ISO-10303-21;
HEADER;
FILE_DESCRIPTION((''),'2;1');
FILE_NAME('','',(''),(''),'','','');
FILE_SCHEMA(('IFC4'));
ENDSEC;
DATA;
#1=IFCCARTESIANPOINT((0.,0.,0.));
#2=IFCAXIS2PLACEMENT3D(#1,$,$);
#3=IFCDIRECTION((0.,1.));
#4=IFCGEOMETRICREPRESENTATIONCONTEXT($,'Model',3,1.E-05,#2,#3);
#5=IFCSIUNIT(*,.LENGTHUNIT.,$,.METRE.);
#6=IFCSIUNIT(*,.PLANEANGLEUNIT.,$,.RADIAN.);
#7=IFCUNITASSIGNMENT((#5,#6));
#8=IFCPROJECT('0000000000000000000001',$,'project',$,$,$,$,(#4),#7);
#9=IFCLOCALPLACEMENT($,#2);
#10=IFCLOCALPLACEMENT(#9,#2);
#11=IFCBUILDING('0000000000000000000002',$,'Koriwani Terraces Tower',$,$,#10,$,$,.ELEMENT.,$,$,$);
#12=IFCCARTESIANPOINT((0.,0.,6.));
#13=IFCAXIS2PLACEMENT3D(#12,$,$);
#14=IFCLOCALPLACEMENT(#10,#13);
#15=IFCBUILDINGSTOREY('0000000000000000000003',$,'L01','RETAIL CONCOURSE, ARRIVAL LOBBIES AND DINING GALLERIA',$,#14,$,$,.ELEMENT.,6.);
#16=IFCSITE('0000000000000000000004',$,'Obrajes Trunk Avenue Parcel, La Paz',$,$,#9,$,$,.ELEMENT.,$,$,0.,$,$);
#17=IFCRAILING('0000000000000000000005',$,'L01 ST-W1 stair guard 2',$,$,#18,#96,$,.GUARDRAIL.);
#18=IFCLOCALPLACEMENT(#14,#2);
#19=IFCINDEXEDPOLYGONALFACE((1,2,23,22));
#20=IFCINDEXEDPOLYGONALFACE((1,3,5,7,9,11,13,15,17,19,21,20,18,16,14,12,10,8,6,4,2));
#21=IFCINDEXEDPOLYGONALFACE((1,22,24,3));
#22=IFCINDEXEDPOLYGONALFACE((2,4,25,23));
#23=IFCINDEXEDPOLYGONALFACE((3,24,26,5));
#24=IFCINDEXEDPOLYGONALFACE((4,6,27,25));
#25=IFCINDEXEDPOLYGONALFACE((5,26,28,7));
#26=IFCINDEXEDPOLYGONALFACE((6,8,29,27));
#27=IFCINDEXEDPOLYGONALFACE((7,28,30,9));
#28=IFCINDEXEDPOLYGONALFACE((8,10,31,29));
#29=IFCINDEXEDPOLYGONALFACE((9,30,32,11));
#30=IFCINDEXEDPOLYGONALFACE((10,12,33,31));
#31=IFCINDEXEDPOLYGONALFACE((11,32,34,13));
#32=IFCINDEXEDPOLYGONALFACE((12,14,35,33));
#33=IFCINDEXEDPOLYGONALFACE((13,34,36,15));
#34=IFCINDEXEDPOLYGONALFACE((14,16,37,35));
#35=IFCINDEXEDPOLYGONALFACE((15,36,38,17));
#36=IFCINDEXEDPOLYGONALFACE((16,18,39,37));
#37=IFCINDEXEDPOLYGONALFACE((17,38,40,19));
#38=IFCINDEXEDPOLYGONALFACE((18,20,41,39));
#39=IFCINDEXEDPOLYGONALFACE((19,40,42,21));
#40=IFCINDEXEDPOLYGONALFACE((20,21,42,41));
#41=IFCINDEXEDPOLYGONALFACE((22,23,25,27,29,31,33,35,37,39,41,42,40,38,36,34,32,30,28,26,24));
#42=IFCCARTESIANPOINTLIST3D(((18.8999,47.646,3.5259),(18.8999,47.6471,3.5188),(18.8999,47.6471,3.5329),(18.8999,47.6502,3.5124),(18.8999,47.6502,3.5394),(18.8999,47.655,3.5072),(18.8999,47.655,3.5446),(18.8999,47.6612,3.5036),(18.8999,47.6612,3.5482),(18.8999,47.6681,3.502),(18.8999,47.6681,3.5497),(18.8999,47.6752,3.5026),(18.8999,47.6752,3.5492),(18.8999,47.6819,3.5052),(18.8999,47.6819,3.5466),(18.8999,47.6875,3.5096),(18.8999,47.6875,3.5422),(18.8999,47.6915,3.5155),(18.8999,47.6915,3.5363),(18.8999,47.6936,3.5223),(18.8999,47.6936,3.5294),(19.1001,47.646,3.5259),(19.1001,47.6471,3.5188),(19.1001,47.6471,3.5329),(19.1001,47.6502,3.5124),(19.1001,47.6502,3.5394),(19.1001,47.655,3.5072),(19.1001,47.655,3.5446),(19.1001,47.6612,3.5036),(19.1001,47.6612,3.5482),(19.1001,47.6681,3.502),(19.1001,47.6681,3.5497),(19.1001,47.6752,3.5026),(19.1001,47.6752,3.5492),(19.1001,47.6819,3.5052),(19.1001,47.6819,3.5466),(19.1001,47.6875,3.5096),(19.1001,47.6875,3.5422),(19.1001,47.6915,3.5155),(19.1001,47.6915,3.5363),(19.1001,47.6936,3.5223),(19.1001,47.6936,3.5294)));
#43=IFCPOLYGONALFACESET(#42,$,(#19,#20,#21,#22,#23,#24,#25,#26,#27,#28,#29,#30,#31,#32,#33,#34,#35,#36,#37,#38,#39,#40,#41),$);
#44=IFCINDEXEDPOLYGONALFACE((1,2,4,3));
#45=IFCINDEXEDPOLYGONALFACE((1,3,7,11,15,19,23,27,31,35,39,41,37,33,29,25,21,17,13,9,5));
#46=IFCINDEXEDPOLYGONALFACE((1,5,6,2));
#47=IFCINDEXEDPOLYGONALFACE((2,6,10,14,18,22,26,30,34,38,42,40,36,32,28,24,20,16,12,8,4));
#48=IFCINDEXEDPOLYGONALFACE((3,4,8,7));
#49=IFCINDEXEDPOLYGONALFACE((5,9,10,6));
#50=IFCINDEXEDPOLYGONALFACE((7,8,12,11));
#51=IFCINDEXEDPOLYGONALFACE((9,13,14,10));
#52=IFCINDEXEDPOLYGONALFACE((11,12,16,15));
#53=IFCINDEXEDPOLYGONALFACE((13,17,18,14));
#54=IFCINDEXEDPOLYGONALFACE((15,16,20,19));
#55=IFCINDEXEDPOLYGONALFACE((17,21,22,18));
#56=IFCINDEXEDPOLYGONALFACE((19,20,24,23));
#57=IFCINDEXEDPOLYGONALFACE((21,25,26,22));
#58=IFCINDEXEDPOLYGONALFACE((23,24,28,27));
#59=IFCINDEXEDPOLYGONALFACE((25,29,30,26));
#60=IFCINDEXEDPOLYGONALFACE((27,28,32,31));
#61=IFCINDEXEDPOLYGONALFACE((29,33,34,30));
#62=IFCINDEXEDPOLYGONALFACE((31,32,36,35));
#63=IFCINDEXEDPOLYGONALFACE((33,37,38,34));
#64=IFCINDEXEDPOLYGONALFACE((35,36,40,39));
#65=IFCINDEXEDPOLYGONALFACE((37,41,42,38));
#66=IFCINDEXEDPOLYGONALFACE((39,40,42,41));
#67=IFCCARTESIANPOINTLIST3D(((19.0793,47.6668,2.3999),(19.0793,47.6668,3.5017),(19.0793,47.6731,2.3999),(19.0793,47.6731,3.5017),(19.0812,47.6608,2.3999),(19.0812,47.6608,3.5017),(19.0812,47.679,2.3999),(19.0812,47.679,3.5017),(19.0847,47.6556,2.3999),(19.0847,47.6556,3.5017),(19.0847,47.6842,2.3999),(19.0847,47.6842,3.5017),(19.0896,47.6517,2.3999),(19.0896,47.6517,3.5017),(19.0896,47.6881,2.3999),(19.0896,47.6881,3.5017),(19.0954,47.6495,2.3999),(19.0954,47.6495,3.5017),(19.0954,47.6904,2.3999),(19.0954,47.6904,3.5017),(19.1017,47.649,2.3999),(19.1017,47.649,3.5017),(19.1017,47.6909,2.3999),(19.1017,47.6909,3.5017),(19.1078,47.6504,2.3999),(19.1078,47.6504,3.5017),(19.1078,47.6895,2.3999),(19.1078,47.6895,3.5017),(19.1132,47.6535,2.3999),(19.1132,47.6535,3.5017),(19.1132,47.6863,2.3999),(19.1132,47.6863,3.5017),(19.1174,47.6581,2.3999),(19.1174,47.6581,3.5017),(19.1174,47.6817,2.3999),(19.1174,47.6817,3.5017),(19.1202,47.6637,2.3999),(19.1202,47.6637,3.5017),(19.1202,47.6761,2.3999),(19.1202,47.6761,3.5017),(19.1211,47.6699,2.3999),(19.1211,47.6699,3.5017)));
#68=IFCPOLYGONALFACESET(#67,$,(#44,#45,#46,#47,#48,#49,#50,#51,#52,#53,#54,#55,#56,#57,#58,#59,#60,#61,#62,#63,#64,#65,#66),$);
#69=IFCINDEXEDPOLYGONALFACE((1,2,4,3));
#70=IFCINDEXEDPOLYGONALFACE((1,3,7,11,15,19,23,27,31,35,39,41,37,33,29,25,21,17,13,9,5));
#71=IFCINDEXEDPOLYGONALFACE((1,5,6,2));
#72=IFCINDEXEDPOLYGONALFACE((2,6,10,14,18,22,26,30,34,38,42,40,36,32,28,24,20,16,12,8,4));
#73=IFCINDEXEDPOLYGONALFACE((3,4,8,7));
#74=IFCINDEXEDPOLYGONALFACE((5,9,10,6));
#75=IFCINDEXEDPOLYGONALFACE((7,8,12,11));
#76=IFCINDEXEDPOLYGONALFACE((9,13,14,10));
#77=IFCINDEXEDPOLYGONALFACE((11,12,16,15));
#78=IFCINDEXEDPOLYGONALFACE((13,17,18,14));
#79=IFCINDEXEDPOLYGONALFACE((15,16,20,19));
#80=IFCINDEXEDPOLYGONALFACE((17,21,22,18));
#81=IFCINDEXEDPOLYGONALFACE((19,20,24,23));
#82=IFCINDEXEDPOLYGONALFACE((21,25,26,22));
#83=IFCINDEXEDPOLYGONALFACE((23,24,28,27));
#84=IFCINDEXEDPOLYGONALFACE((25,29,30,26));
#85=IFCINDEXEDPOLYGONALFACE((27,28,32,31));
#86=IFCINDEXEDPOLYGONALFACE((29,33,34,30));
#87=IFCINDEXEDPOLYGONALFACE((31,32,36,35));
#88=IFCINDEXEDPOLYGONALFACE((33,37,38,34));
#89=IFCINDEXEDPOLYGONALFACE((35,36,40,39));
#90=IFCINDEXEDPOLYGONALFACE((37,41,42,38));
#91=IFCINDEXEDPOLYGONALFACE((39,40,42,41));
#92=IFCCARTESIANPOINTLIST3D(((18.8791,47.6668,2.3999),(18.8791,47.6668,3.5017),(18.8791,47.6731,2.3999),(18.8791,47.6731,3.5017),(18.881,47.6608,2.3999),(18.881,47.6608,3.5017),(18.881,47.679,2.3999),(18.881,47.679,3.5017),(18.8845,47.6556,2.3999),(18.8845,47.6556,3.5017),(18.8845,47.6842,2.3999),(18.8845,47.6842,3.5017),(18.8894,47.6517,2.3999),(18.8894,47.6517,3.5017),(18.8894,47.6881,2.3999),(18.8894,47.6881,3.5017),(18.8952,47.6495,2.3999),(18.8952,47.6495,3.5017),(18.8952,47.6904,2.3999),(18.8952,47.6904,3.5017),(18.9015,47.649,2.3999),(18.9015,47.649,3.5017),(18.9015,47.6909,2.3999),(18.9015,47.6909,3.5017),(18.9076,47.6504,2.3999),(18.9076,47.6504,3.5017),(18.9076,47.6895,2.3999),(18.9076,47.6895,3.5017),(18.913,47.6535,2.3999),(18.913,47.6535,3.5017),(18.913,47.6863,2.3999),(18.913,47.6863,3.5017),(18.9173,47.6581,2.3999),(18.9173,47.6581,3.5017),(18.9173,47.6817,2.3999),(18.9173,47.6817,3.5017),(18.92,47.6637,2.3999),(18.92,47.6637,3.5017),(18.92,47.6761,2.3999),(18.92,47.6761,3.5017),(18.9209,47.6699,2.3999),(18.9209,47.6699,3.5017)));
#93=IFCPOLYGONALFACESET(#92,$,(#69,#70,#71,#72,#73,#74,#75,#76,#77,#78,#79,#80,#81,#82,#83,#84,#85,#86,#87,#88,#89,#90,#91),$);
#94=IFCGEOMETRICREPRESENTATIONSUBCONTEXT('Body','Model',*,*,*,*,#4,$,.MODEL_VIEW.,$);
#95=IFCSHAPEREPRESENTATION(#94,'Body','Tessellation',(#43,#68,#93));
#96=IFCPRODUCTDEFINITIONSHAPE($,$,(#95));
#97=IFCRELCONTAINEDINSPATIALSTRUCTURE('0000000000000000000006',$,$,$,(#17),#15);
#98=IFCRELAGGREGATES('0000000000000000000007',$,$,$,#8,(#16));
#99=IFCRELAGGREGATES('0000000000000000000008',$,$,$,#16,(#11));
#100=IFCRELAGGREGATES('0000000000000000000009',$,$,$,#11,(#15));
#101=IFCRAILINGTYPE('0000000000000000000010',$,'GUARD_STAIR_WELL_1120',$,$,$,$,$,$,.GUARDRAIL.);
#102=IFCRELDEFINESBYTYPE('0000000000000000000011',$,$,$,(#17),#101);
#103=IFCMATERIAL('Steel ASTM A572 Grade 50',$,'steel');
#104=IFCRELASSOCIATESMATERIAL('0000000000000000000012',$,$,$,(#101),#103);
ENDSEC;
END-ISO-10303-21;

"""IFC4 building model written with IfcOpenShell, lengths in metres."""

from ifc_helpers import new_model, si_unit, direction, frame, origin, origin_2d, place, context, subcontext, project, spatial, circle, extrude, material, type_object, element, save


model = new_model("IFC4")

# Units and contexts
model_context = context("Model", 3, precision=1e-05, world=origin(), true_north=direction((0.0, 1.0)))
body_context = subcontext(model_context, "Body", "Model", "MODEL_VIEW")
ifc_project = project(units=[si_unit("LENGTHUNIT", "METRE"), si_unit("PLANEANGLEUNIT", "RADIAN")], contexts=[model_context])

# Site, building, storey
site_placement = place(None, origin())
site = spatial("IfcSite", under=ifc_project, at=site_placement, Name="Obrajes Trunk Avenue Parcel, La Paz", CompositionType="ELEMENT", RefElevation=0.0)
building_placement = place(site_placement, origin())
building = spatial("IfcBuilding", under=site, at=building_placement, Name="Koriwani Terraces Tower", CompositionType="ELEMENT")
storey_placement = place(building_placement, frame((0.0, 0.0, 6.0)))
storey = spatial("IfcBuildingStorey", under=building, at=storey_placement, Name="L01", Description="RETAIL CONCOURSE, ARRIVAL LOBBIES AND DINING GALLERIA", CompositionType="ELEMENT", Elevation=6.0)

# Shared definitions
ifc_material_1 = material(Name="Steel ASTM A572 Grade 50", Category="steel")

# Railing
railing_type_1 = type_object("IfcRailingType", Name="GUARD_STAIR_WELL_1120", PredefinedType="GUARDRAIL", material=ifc_material_1)
railing_1_placement = place(storey_placement, frame((19.1001, 47.6699, 2.3999)))
element("IfcRailing", 1, at=railing_1_placement, inside=storey, type_object=railing_type_1, Name="L01 ST-W1 stair guard 2", PredefinedType="GUARDRAIL", context=body_context, shape_type="SweptSolid", body=[
    extrude(circle(Radius=0.0239, at=origin_2d()), frame((0.0, 0.0, 1.126), z_axis=(-1.0, 0.0, 0.0), x_axis=(0.0, -1.0, 0.0)), (0.0, 0.0, 1.0), 0.2002),
    extrude(circle(Radius=0.021, at=origin_2d()), origin(), (0.0, 0.0, 1.0), 1.1018),
    extrude(circle(Radius=0.021, at=origin_2d()), frame((-0.2002, 0.0, 0.0)), (0.0, 0.0, 1.0), 1.1018),
])

save(model, "model.ifc")
